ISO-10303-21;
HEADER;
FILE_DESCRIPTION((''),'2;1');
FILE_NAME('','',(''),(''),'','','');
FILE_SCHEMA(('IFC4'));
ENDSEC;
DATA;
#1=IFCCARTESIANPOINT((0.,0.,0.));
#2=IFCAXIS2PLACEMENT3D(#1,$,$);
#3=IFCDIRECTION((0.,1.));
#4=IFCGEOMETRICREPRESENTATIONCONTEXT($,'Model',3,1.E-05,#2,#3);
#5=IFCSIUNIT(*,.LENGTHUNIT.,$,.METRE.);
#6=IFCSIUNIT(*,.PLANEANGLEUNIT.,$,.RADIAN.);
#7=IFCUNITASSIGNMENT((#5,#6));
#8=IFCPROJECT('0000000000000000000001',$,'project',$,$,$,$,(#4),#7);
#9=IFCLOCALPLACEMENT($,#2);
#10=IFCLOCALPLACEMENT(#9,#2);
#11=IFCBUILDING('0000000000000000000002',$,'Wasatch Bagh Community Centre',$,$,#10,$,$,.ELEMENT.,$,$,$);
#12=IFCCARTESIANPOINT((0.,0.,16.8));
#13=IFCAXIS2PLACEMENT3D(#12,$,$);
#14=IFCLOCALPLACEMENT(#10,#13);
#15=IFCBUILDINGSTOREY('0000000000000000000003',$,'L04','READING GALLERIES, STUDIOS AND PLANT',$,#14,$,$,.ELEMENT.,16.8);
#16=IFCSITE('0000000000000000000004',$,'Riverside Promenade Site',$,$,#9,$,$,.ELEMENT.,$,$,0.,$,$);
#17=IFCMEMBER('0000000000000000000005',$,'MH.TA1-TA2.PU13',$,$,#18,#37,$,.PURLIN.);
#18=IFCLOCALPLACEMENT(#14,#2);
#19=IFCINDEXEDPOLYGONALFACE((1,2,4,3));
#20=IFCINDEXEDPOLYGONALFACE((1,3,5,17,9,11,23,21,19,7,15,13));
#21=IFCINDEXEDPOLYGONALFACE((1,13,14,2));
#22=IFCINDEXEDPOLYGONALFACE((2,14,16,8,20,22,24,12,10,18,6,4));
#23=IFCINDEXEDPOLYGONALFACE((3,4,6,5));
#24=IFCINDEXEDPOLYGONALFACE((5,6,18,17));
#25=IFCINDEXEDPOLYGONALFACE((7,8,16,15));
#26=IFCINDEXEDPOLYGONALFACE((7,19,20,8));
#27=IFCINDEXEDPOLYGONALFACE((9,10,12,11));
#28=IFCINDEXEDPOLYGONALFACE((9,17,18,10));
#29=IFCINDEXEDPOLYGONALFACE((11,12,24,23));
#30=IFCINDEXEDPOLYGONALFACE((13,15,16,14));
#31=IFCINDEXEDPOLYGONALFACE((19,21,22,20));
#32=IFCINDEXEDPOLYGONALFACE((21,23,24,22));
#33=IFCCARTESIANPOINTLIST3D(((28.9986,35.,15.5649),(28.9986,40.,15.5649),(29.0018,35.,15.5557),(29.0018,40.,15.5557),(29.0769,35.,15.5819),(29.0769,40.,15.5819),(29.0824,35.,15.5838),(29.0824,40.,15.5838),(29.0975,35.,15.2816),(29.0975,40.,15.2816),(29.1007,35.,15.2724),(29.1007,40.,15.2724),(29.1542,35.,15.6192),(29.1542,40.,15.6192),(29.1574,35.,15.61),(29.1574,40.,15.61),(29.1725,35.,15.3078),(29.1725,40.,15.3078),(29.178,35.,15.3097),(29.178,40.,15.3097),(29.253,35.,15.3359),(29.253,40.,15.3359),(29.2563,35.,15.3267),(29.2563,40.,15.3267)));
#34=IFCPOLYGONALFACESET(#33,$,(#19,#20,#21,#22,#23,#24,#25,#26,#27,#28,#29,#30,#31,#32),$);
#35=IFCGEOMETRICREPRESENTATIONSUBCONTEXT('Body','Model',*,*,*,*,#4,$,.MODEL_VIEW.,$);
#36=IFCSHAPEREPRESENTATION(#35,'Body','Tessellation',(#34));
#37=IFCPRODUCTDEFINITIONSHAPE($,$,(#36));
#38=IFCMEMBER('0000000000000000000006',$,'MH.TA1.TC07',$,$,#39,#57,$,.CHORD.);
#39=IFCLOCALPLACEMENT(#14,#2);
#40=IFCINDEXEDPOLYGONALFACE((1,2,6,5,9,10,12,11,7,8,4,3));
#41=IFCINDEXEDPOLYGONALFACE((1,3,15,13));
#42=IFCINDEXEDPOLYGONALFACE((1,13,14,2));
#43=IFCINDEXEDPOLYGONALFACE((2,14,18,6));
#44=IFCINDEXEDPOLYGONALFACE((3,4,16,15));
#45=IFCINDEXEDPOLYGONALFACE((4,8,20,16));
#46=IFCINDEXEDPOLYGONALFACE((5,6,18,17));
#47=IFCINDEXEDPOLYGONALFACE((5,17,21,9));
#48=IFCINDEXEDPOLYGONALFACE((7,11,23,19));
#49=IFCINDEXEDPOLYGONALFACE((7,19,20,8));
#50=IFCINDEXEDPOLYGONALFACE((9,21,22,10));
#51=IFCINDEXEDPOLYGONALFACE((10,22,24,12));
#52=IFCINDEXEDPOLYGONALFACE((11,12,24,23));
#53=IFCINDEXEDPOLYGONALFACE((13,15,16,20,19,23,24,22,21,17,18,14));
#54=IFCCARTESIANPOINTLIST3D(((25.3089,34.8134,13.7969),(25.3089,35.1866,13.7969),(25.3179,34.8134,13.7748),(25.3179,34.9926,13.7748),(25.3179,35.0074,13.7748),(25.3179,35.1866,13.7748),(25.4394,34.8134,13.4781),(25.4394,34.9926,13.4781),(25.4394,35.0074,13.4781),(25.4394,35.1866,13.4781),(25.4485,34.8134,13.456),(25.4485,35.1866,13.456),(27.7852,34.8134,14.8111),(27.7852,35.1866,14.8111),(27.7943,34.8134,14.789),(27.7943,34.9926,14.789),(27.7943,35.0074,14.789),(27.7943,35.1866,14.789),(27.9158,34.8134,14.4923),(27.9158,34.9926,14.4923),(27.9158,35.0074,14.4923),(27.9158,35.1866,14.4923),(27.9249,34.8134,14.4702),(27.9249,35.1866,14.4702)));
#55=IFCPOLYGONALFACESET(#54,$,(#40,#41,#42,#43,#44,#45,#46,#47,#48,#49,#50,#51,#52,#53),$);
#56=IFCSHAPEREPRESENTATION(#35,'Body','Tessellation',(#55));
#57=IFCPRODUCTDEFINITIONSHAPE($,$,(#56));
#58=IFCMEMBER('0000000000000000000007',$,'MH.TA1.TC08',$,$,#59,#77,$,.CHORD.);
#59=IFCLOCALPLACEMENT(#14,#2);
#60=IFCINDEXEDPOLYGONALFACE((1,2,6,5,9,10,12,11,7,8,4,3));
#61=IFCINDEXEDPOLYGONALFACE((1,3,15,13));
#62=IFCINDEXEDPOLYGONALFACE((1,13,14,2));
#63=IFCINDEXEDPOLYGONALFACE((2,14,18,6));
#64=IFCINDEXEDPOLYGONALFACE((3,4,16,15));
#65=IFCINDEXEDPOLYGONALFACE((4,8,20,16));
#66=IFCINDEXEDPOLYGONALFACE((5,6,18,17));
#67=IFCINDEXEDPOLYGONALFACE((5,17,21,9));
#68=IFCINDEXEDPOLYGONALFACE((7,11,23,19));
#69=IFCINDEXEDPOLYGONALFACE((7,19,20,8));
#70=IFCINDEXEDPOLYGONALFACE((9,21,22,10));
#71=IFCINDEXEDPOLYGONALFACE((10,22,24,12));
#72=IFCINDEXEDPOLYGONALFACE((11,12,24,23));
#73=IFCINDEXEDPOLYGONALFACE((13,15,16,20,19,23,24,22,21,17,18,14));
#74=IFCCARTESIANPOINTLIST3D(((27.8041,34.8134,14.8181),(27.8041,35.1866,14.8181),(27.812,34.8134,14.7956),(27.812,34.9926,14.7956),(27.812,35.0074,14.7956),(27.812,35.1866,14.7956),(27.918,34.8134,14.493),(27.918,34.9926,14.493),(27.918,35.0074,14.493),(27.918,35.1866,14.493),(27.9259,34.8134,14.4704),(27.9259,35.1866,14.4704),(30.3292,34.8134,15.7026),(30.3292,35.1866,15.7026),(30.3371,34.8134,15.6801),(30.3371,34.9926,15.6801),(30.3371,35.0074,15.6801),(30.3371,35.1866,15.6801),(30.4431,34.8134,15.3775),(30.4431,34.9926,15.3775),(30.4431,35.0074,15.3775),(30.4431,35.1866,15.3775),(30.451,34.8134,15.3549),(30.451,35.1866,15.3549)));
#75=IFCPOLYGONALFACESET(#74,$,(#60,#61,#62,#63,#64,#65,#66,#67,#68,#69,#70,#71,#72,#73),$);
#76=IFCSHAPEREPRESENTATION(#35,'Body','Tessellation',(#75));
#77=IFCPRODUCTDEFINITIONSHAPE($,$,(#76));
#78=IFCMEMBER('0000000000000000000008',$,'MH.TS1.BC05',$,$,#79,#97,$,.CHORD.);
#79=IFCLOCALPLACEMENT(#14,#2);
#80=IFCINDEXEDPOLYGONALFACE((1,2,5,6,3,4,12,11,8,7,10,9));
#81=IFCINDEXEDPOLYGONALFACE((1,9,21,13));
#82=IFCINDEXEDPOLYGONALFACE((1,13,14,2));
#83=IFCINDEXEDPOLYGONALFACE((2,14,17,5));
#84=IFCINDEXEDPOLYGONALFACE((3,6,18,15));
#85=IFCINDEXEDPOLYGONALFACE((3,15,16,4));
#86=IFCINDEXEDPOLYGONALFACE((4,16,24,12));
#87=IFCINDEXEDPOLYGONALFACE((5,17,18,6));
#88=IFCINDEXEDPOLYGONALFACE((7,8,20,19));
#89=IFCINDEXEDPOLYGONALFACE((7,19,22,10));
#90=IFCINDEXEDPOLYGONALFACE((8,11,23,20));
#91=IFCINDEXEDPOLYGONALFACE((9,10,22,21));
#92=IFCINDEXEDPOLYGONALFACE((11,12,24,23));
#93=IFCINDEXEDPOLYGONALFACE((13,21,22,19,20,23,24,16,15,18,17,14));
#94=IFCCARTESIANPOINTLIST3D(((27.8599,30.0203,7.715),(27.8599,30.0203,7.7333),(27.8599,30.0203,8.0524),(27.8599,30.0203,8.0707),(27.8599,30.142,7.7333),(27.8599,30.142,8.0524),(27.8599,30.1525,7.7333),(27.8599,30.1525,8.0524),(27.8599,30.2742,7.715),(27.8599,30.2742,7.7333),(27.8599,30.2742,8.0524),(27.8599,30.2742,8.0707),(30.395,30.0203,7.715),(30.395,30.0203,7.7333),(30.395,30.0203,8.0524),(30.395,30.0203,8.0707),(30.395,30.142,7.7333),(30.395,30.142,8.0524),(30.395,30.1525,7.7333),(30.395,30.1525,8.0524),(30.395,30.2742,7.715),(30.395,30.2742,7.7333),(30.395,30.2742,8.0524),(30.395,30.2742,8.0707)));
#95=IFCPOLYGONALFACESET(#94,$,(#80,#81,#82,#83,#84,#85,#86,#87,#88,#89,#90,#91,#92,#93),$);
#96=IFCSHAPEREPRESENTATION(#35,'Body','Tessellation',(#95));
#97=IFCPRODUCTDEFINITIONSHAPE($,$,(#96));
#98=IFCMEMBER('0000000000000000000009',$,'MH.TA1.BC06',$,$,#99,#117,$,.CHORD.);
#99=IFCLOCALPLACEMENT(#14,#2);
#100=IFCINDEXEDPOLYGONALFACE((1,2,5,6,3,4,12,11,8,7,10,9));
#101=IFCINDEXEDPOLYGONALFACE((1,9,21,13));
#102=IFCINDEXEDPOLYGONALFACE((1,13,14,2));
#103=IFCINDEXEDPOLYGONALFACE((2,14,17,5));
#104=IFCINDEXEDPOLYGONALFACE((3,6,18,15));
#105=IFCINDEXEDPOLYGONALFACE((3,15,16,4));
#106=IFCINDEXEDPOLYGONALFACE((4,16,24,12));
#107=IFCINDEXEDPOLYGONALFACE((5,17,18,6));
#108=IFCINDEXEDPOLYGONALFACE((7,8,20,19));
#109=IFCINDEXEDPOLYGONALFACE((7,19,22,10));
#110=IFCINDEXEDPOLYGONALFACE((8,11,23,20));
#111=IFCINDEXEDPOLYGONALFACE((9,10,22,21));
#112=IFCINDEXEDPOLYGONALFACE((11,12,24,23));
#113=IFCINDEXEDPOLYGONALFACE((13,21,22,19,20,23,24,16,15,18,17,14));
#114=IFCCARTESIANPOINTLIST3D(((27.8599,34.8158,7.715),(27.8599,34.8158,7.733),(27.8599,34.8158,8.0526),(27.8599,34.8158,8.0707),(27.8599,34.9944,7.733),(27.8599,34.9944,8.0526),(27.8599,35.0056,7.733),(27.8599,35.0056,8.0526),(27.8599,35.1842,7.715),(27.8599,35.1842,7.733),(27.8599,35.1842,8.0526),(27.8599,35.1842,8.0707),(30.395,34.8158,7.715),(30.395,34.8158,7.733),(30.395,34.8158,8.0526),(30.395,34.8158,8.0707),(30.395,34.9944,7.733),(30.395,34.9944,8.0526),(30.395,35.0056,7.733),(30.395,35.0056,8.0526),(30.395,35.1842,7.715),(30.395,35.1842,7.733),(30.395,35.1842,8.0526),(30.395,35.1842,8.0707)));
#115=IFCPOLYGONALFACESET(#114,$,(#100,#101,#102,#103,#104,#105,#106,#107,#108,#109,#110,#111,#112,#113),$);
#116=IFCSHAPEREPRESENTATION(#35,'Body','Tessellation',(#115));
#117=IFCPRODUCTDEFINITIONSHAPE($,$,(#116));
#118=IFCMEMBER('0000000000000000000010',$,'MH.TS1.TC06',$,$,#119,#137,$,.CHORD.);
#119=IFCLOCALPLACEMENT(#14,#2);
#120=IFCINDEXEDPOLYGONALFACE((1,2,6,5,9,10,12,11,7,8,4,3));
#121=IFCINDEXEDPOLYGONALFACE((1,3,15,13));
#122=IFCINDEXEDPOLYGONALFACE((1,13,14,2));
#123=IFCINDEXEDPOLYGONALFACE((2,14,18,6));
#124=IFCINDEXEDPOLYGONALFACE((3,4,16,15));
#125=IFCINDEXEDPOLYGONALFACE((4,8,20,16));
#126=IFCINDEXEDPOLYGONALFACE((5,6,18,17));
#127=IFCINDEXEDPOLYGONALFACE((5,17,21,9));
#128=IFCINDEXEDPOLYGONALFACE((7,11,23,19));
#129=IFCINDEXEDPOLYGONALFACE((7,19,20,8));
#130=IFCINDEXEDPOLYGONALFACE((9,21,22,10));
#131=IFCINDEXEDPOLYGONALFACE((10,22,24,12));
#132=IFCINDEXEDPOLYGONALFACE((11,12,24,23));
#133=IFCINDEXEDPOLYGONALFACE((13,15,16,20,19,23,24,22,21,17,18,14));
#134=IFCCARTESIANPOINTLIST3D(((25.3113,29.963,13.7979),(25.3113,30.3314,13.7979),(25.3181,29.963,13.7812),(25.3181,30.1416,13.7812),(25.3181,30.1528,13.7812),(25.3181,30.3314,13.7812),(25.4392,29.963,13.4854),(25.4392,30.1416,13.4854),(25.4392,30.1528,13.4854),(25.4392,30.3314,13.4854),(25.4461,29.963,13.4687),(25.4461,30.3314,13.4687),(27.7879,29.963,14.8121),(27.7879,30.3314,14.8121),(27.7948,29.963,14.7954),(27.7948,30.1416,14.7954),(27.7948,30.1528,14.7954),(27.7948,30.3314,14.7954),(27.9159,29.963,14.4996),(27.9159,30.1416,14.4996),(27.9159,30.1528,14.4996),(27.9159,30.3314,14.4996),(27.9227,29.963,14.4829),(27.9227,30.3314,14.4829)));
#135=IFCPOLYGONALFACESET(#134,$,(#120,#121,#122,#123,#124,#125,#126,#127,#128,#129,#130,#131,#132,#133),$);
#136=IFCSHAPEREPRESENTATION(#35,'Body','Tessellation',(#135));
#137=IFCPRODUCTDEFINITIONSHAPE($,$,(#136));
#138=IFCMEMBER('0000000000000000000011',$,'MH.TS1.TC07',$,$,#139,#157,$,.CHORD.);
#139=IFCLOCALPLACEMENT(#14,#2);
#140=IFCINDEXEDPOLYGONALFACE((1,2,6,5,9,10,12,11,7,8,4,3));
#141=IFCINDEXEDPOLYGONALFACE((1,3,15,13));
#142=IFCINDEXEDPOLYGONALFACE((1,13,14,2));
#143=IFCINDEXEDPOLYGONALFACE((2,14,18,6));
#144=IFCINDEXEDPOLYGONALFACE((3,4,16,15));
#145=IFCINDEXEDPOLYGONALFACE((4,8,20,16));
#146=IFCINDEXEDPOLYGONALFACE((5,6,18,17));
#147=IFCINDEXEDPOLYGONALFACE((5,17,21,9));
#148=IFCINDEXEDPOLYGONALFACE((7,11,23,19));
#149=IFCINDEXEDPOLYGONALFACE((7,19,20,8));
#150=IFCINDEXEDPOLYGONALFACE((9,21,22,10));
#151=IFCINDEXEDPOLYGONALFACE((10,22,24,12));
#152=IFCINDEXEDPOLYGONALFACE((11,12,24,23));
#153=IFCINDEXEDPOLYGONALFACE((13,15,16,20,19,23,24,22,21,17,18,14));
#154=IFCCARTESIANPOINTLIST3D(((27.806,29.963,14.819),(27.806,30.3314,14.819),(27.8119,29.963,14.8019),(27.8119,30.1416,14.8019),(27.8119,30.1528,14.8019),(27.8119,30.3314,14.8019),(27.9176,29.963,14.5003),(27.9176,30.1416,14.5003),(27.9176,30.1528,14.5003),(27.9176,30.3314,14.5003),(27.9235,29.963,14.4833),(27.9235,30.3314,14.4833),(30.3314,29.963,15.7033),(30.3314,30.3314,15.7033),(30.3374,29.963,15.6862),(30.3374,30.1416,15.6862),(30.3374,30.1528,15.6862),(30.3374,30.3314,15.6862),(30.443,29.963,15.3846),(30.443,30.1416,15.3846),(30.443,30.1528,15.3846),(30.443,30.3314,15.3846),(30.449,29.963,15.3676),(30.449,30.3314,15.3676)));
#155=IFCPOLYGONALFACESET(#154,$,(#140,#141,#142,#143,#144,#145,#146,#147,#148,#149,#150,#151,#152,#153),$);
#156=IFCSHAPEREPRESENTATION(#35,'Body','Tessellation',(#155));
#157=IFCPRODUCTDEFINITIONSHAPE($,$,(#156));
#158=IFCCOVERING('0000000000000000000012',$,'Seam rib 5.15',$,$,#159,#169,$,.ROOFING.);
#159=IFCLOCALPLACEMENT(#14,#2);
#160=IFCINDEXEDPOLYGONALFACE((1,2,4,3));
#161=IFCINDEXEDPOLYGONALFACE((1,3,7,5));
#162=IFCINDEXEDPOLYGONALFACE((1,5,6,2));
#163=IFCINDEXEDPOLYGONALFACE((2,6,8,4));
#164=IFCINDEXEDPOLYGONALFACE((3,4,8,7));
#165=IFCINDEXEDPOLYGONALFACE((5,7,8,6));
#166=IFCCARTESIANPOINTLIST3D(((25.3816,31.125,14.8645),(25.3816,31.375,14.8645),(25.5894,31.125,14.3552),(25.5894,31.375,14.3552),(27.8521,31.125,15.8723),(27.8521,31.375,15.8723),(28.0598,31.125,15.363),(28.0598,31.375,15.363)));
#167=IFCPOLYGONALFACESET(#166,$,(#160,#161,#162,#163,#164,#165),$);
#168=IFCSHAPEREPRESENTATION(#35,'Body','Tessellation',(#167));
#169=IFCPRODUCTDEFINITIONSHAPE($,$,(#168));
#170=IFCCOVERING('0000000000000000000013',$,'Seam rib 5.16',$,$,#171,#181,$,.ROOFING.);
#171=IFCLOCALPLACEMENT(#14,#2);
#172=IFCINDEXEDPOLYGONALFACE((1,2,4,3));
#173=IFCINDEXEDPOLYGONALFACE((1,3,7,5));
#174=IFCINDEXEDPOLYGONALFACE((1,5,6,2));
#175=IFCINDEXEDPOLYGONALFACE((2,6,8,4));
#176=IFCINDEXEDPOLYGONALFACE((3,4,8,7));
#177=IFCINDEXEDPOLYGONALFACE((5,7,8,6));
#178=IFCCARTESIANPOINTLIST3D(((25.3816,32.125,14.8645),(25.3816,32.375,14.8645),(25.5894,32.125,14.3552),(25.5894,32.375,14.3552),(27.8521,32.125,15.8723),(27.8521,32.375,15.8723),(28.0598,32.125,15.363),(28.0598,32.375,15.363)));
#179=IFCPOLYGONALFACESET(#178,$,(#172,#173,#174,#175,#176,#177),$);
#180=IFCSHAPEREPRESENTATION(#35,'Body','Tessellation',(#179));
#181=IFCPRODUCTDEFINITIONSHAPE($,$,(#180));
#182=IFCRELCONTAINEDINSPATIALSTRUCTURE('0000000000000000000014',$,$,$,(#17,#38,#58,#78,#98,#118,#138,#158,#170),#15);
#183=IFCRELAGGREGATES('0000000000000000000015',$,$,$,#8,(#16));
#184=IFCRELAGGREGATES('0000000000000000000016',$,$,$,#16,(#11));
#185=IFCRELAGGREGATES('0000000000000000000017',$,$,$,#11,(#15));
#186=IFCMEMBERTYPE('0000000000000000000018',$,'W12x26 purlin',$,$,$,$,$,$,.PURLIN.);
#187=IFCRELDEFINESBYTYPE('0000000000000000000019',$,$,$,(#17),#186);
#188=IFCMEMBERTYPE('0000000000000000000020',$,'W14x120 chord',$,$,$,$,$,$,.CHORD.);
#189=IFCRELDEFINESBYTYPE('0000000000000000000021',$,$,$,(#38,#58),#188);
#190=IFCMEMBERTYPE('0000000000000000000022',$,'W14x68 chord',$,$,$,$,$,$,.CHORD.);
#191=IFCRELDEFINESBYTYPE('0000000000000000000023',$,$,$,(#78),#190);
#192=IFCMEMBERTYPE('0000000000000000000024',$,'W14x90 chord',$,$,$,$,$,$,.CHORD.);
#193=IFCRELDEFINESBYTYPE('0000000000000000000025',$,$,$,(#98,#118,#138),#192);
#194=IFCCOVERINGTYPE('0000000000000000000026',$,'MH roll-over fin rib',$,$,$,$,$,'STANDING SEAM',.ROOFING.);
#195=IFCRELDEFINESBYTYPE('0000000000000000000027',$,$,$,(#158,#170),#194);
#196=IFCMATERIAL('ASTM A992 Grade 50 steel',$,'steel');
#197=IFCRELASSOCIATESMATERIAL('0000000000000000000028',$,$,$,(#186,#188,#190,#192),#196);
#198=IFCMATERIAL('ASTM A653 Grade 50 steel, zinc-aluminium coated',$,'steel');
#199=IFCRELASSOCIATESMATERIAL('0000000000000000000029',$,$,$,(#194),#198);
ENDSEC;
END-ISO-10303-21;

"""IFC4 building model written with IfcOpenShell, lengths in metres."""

from ifc_helpers import new_model, si_unit, direction, frame, origin, origin_2d, place, context, subcontext, project, spatial, polyline, i_section, outline, extrude, material, material_profile, profile_set, type_object, element, save


model = new_model("IFC4")

# Units and contexts
model_context = context("Model", 3, precision=1e-05, world=origin(), true_north=direction((0.0, 1.0)))
body_context = subcontext(model_context, "Body", "Model", "MODEL_VIEW")
ifc_project = project(units=[si_unit("LENGTHUNIT", "METRE"), si_unit("PLANEANGLEUNIT", "RADIAN")], contexts=[model_context])

# Site, building, storey
site_placement = place(None, origin())
site = spatial("IfcSite", under=ifc_project, at=site_placement, Name="Riverside Promenade Site", CompositionType="ELEMENT", RefElevation=0.0)
building_placement = place(site_placement, origin())
building = spatial("IfcBuilding", under=site, at=building_placement, Name="Wasatch Bagh Community Centre", CompositionType="ELEMENT")
storey_placement = place(building_placement, frame((0.0, 0.0, 16.8)))
storey = spatial("IfcBuildingStorey", under=building, at=storey_placement, Name="L04", Description="READING GALLERIES, STUDIOS AND PLANT", CompositionType="ELEMENT", Elevation=16.8)

# Members
ifc_material_1 = material(Name="ASTM A992 Grade 50 steel", Category="steel")
ifc_material_profile_1 = material_profile(ifc_material_1, i_section(OverallWidth=0.1648, OverallDepth=0.3098, WebThickness=0.0059, FlangeThickness=0.0098, at=origin_2d()), Name="W12x26")
ifc_profile_set_1 = profile_set([ifc_material_profile_1], Name="ASTM A992 Grade 50 steel")
member_type_1 = type_object("IfcMemberType", Name="W12x26 purlin", PredefinedType="PURLIN", material=ifc_profile_set_1)
for number, where, z_axis, x_axis, name in (
    (1, (29.1274, 35.0, 15.4458), (0.0, 1.0, 0.0), (-0.944194, 0.0, -0.329389), "MH.TA1-TA2.PU13"),
):
    element("IfcMember", number, at=place(storey_placement, frame(where, z_axis=z_axis, x_axis=x_axis)), inside=storey, type_object=member_type_1, Name=name, PredefinedType="PURLIN", context=body_context, shape_type="SweptSolid", body=[
        extrude(i_section(OverallWidth=0.1648, OverallDepth=0.3098, WebThickness=0.0059, FlangeThickness=0.0098, at=origin_2d()), origin(), (0.0, 0.0, 1.0), 5.0),
    ])
ifc_material_profile_2 = material_profile(ifc_material_1, i_section(OverallWidth=0.3733, OverallDepth=0.3684, WebThickness=0.0149, FlangeThickness=0.0239, at=origin_2d()), Name="W14x120")
ifc_profile_set_2 = profile_set([ifc_material_profile_2], Name="ASTM A992 Grade 50 steel")
member_type_2 = type_object("IfcMemberType", Name="W14x120 chord", PredefinedType="CHORD", material=ifc_profile_set_2)
member_1_placement = place(storey_placement, frame((25.3787, 35.0, 13.6265), z_axis=(0.9254, 0.0, 0.378992), x_axis=(0.0, 1.0, 0.0)))
element("IfcMember", 2, at=member_1_placement, inside=storey, type_object=member_type_2, Name="MH.TA1.TC07", PredefinedType="CHORD", context=body_context, shape_type="SweptSolid", body=[
    extrude(i_section(OverallWidth=0.3733, OverallDepth=0.3684, WebThickness=0.0149, FlangeThickness=0.0239, at=origin_2d()), origin(), (0.0, 0.0, 1.0), 2.676),
])
member_2_placement = place(storey_placement, frame((27.865, 35.0, 14.6443), z_axis=(0.943774, 0.0, 0.33059), x_axis=(0.0, 1.0, 0.0)))
element("IfcMember", 3, at=member_2_placement, inside=storey, type_object=member_type_2, Name="MH.TA1.TC08", PredefinedType="CHORD", context=body_context, shape_type="SweptSolid", body=[
    extrude(i_section(OverallWidth=0.3733, OverallDepth=0.3684, WebThickness=0.0149, FlangeThickness=0.0239, at=origin_2d()), origin(), (0.0, 0.0, 1.0), 2.6755),
])
ifc_material_profile_3 = material_profile(ifc_material_1, i_section(OverallWidth=0.2539, OverallDepth=0.3557, WebThickness=0.0105, FlangeThickness=0.0183, at=origin_2d()), Name="W14x68")
ifc_profile_set_3 = profile_set([ifc_material_profile_3], Name="ASTM A992 Grade 50 steel")
member_type_3 = type_object("IfcMemberType", Name="W14x68 chord", PredefinedType="CHORD", material=ifc_profile_set_3)
member_3_placement = place(storey_placement, frame((27.8599, 30.1472, 7.8928), z_axis=(1.0, 0.0, 0.0), x_axis=(0.0, 1.0, 0.0)))
element("IfcMember", 4, at=member_3_placement, inside=storey, type_object=member_type_3, Name="MH.TS1.BC05", PredefinedType="CHORD", context=body_context, shape_type="SweptSolid", body=[
    extrude(i_section(OverallWidth=0.2539, OverallDepth=0.3557, WebThickness=0.0105, FlangeThickness=0.0183, at=origin_2d()), origin(), (0.0, 0.0, 1.0), 2.5352),
])
ifc_material_profile_4 = material_profile(ifc_material_1, i_section(OverallWidth=0.3684, OverallDepth=0.3557, WebThickness=0.0112, FlangeThickness=0.0181, at=origin_2d()), Name="W14x90")
ifc_profile_set_4 = profile_set([ifc_material_profile_4], Name="ASTM A992 Grade 50 steel")
member_type_4 = type_object("IfcMemberType", Name="W14x90 chord", PredefinedType="CHORD", material=ifc_profile_set_4)
member_4_placement = place(storey_placement, frame((27.8599, 35.0, 7.8928), z_axis=(1.0, 0.0, 0.0), x_axis=(0.0, 1.0, 0.0)))
element("IfcMember", 5, at=member_4_placement, inside=storey, type_object=member_type_4, Name="MH.TA1.BC06", PredefinedType="CHORD", context=body_context, shape_type="SweptSolid", body=[
    extrude(i_section(OverallWidth=0.3684, OverallDepth=0.3557, WebThickness=0.0112, FlangeThickness=0.0181, at=origin_2d()), origin(), (0.0, 0.0, 1.0), 2.5352),
])
member_5_placement = place(storey_placement, frame((25.3787, 30.1472, 13.6333), z_axis=(0.925413, 0.0, 0.37896), x_axis=(0.0, 1.0, 0.0)))
element("IfcMember", 6, at=member_5_placement, inside=storey, type_object=member_type_4, Name="MH.TS1.TC06", PredefinedType="CHORD", context=body_context, shape_type="SweptSolid", body=[
    extrude(i_section(OverallWidth=0.3684, OverallDepth=0.3557, WebThickness=0.0112, FlangeThickness=0.0181, at=origin_2d()), origin(), (0.0, 0.0, 1.0), 2.6763),
])
member_6_placement = place(storey_placement, frame((27.8647, 30.1472, 14.6511), z_axis=(0.943813, 0.0, 0.33048), x_axis=(0.0, 1.0, 0.0)))
element("IfcMember", 7, at=member_6_placement, inside=storey, type_object=member_type_4, Name="MH.TS1.TC07", PredefinedType="CHORD", context=body_context, shape_type="SweptSolid", body=[
    extrude(i_section(OverallWidth=0.3684, OverallDepth=0.3557, WebThickness=0.0112, FlangeThickness=0.0181, at=origin_2d()), origin(), (0.0, 0.0, 1.0), 2.6758),
])

# Coverings
ifc_material_2 = material(Name="ASTM A653 Grade 50 steel, zinc-aluminium coated", Category="steel")
covering_type = type_object("IfcCoveringType", Name="MH roll-over fin rib", ElementType="STANDING SEAM", PredefinedType="ROOFING", material=ifc_material_2)
for number, where, z_axis, x_axis, name in (
    (8, (25.3816, 31.125, 14.8645), (-0.377724, 0.0, 0.925918), (0.925918, 0.0, 0.377724), "Seam rib 5.15"),
    (9, (25.3816, 32.125, 14.8645), (-0.377724, 0.0, 0.925918), (0.925918, 0.0, 0.377724), "Seam rib 5.16"),
):
    element("IfcCovering", number, at=place(storey_placement, frame(where, z_axis=z_axis, x_axis=x_axis)), inside=storey, type_object=covering_type, Name=name, PredefinedType="ROOFING", context=body_context, shape_type="SweptSolid", body=[
        extrude(outline(polyline([(0.0, 0.0), (2.6681, 0.0), (2.6681, 0.25), (0.0, 0.25), (0.0, 0.0)])), origin(), (0.0, 0.0, -1.0), 0.55),
    ])

save(model, "model.ifc")
